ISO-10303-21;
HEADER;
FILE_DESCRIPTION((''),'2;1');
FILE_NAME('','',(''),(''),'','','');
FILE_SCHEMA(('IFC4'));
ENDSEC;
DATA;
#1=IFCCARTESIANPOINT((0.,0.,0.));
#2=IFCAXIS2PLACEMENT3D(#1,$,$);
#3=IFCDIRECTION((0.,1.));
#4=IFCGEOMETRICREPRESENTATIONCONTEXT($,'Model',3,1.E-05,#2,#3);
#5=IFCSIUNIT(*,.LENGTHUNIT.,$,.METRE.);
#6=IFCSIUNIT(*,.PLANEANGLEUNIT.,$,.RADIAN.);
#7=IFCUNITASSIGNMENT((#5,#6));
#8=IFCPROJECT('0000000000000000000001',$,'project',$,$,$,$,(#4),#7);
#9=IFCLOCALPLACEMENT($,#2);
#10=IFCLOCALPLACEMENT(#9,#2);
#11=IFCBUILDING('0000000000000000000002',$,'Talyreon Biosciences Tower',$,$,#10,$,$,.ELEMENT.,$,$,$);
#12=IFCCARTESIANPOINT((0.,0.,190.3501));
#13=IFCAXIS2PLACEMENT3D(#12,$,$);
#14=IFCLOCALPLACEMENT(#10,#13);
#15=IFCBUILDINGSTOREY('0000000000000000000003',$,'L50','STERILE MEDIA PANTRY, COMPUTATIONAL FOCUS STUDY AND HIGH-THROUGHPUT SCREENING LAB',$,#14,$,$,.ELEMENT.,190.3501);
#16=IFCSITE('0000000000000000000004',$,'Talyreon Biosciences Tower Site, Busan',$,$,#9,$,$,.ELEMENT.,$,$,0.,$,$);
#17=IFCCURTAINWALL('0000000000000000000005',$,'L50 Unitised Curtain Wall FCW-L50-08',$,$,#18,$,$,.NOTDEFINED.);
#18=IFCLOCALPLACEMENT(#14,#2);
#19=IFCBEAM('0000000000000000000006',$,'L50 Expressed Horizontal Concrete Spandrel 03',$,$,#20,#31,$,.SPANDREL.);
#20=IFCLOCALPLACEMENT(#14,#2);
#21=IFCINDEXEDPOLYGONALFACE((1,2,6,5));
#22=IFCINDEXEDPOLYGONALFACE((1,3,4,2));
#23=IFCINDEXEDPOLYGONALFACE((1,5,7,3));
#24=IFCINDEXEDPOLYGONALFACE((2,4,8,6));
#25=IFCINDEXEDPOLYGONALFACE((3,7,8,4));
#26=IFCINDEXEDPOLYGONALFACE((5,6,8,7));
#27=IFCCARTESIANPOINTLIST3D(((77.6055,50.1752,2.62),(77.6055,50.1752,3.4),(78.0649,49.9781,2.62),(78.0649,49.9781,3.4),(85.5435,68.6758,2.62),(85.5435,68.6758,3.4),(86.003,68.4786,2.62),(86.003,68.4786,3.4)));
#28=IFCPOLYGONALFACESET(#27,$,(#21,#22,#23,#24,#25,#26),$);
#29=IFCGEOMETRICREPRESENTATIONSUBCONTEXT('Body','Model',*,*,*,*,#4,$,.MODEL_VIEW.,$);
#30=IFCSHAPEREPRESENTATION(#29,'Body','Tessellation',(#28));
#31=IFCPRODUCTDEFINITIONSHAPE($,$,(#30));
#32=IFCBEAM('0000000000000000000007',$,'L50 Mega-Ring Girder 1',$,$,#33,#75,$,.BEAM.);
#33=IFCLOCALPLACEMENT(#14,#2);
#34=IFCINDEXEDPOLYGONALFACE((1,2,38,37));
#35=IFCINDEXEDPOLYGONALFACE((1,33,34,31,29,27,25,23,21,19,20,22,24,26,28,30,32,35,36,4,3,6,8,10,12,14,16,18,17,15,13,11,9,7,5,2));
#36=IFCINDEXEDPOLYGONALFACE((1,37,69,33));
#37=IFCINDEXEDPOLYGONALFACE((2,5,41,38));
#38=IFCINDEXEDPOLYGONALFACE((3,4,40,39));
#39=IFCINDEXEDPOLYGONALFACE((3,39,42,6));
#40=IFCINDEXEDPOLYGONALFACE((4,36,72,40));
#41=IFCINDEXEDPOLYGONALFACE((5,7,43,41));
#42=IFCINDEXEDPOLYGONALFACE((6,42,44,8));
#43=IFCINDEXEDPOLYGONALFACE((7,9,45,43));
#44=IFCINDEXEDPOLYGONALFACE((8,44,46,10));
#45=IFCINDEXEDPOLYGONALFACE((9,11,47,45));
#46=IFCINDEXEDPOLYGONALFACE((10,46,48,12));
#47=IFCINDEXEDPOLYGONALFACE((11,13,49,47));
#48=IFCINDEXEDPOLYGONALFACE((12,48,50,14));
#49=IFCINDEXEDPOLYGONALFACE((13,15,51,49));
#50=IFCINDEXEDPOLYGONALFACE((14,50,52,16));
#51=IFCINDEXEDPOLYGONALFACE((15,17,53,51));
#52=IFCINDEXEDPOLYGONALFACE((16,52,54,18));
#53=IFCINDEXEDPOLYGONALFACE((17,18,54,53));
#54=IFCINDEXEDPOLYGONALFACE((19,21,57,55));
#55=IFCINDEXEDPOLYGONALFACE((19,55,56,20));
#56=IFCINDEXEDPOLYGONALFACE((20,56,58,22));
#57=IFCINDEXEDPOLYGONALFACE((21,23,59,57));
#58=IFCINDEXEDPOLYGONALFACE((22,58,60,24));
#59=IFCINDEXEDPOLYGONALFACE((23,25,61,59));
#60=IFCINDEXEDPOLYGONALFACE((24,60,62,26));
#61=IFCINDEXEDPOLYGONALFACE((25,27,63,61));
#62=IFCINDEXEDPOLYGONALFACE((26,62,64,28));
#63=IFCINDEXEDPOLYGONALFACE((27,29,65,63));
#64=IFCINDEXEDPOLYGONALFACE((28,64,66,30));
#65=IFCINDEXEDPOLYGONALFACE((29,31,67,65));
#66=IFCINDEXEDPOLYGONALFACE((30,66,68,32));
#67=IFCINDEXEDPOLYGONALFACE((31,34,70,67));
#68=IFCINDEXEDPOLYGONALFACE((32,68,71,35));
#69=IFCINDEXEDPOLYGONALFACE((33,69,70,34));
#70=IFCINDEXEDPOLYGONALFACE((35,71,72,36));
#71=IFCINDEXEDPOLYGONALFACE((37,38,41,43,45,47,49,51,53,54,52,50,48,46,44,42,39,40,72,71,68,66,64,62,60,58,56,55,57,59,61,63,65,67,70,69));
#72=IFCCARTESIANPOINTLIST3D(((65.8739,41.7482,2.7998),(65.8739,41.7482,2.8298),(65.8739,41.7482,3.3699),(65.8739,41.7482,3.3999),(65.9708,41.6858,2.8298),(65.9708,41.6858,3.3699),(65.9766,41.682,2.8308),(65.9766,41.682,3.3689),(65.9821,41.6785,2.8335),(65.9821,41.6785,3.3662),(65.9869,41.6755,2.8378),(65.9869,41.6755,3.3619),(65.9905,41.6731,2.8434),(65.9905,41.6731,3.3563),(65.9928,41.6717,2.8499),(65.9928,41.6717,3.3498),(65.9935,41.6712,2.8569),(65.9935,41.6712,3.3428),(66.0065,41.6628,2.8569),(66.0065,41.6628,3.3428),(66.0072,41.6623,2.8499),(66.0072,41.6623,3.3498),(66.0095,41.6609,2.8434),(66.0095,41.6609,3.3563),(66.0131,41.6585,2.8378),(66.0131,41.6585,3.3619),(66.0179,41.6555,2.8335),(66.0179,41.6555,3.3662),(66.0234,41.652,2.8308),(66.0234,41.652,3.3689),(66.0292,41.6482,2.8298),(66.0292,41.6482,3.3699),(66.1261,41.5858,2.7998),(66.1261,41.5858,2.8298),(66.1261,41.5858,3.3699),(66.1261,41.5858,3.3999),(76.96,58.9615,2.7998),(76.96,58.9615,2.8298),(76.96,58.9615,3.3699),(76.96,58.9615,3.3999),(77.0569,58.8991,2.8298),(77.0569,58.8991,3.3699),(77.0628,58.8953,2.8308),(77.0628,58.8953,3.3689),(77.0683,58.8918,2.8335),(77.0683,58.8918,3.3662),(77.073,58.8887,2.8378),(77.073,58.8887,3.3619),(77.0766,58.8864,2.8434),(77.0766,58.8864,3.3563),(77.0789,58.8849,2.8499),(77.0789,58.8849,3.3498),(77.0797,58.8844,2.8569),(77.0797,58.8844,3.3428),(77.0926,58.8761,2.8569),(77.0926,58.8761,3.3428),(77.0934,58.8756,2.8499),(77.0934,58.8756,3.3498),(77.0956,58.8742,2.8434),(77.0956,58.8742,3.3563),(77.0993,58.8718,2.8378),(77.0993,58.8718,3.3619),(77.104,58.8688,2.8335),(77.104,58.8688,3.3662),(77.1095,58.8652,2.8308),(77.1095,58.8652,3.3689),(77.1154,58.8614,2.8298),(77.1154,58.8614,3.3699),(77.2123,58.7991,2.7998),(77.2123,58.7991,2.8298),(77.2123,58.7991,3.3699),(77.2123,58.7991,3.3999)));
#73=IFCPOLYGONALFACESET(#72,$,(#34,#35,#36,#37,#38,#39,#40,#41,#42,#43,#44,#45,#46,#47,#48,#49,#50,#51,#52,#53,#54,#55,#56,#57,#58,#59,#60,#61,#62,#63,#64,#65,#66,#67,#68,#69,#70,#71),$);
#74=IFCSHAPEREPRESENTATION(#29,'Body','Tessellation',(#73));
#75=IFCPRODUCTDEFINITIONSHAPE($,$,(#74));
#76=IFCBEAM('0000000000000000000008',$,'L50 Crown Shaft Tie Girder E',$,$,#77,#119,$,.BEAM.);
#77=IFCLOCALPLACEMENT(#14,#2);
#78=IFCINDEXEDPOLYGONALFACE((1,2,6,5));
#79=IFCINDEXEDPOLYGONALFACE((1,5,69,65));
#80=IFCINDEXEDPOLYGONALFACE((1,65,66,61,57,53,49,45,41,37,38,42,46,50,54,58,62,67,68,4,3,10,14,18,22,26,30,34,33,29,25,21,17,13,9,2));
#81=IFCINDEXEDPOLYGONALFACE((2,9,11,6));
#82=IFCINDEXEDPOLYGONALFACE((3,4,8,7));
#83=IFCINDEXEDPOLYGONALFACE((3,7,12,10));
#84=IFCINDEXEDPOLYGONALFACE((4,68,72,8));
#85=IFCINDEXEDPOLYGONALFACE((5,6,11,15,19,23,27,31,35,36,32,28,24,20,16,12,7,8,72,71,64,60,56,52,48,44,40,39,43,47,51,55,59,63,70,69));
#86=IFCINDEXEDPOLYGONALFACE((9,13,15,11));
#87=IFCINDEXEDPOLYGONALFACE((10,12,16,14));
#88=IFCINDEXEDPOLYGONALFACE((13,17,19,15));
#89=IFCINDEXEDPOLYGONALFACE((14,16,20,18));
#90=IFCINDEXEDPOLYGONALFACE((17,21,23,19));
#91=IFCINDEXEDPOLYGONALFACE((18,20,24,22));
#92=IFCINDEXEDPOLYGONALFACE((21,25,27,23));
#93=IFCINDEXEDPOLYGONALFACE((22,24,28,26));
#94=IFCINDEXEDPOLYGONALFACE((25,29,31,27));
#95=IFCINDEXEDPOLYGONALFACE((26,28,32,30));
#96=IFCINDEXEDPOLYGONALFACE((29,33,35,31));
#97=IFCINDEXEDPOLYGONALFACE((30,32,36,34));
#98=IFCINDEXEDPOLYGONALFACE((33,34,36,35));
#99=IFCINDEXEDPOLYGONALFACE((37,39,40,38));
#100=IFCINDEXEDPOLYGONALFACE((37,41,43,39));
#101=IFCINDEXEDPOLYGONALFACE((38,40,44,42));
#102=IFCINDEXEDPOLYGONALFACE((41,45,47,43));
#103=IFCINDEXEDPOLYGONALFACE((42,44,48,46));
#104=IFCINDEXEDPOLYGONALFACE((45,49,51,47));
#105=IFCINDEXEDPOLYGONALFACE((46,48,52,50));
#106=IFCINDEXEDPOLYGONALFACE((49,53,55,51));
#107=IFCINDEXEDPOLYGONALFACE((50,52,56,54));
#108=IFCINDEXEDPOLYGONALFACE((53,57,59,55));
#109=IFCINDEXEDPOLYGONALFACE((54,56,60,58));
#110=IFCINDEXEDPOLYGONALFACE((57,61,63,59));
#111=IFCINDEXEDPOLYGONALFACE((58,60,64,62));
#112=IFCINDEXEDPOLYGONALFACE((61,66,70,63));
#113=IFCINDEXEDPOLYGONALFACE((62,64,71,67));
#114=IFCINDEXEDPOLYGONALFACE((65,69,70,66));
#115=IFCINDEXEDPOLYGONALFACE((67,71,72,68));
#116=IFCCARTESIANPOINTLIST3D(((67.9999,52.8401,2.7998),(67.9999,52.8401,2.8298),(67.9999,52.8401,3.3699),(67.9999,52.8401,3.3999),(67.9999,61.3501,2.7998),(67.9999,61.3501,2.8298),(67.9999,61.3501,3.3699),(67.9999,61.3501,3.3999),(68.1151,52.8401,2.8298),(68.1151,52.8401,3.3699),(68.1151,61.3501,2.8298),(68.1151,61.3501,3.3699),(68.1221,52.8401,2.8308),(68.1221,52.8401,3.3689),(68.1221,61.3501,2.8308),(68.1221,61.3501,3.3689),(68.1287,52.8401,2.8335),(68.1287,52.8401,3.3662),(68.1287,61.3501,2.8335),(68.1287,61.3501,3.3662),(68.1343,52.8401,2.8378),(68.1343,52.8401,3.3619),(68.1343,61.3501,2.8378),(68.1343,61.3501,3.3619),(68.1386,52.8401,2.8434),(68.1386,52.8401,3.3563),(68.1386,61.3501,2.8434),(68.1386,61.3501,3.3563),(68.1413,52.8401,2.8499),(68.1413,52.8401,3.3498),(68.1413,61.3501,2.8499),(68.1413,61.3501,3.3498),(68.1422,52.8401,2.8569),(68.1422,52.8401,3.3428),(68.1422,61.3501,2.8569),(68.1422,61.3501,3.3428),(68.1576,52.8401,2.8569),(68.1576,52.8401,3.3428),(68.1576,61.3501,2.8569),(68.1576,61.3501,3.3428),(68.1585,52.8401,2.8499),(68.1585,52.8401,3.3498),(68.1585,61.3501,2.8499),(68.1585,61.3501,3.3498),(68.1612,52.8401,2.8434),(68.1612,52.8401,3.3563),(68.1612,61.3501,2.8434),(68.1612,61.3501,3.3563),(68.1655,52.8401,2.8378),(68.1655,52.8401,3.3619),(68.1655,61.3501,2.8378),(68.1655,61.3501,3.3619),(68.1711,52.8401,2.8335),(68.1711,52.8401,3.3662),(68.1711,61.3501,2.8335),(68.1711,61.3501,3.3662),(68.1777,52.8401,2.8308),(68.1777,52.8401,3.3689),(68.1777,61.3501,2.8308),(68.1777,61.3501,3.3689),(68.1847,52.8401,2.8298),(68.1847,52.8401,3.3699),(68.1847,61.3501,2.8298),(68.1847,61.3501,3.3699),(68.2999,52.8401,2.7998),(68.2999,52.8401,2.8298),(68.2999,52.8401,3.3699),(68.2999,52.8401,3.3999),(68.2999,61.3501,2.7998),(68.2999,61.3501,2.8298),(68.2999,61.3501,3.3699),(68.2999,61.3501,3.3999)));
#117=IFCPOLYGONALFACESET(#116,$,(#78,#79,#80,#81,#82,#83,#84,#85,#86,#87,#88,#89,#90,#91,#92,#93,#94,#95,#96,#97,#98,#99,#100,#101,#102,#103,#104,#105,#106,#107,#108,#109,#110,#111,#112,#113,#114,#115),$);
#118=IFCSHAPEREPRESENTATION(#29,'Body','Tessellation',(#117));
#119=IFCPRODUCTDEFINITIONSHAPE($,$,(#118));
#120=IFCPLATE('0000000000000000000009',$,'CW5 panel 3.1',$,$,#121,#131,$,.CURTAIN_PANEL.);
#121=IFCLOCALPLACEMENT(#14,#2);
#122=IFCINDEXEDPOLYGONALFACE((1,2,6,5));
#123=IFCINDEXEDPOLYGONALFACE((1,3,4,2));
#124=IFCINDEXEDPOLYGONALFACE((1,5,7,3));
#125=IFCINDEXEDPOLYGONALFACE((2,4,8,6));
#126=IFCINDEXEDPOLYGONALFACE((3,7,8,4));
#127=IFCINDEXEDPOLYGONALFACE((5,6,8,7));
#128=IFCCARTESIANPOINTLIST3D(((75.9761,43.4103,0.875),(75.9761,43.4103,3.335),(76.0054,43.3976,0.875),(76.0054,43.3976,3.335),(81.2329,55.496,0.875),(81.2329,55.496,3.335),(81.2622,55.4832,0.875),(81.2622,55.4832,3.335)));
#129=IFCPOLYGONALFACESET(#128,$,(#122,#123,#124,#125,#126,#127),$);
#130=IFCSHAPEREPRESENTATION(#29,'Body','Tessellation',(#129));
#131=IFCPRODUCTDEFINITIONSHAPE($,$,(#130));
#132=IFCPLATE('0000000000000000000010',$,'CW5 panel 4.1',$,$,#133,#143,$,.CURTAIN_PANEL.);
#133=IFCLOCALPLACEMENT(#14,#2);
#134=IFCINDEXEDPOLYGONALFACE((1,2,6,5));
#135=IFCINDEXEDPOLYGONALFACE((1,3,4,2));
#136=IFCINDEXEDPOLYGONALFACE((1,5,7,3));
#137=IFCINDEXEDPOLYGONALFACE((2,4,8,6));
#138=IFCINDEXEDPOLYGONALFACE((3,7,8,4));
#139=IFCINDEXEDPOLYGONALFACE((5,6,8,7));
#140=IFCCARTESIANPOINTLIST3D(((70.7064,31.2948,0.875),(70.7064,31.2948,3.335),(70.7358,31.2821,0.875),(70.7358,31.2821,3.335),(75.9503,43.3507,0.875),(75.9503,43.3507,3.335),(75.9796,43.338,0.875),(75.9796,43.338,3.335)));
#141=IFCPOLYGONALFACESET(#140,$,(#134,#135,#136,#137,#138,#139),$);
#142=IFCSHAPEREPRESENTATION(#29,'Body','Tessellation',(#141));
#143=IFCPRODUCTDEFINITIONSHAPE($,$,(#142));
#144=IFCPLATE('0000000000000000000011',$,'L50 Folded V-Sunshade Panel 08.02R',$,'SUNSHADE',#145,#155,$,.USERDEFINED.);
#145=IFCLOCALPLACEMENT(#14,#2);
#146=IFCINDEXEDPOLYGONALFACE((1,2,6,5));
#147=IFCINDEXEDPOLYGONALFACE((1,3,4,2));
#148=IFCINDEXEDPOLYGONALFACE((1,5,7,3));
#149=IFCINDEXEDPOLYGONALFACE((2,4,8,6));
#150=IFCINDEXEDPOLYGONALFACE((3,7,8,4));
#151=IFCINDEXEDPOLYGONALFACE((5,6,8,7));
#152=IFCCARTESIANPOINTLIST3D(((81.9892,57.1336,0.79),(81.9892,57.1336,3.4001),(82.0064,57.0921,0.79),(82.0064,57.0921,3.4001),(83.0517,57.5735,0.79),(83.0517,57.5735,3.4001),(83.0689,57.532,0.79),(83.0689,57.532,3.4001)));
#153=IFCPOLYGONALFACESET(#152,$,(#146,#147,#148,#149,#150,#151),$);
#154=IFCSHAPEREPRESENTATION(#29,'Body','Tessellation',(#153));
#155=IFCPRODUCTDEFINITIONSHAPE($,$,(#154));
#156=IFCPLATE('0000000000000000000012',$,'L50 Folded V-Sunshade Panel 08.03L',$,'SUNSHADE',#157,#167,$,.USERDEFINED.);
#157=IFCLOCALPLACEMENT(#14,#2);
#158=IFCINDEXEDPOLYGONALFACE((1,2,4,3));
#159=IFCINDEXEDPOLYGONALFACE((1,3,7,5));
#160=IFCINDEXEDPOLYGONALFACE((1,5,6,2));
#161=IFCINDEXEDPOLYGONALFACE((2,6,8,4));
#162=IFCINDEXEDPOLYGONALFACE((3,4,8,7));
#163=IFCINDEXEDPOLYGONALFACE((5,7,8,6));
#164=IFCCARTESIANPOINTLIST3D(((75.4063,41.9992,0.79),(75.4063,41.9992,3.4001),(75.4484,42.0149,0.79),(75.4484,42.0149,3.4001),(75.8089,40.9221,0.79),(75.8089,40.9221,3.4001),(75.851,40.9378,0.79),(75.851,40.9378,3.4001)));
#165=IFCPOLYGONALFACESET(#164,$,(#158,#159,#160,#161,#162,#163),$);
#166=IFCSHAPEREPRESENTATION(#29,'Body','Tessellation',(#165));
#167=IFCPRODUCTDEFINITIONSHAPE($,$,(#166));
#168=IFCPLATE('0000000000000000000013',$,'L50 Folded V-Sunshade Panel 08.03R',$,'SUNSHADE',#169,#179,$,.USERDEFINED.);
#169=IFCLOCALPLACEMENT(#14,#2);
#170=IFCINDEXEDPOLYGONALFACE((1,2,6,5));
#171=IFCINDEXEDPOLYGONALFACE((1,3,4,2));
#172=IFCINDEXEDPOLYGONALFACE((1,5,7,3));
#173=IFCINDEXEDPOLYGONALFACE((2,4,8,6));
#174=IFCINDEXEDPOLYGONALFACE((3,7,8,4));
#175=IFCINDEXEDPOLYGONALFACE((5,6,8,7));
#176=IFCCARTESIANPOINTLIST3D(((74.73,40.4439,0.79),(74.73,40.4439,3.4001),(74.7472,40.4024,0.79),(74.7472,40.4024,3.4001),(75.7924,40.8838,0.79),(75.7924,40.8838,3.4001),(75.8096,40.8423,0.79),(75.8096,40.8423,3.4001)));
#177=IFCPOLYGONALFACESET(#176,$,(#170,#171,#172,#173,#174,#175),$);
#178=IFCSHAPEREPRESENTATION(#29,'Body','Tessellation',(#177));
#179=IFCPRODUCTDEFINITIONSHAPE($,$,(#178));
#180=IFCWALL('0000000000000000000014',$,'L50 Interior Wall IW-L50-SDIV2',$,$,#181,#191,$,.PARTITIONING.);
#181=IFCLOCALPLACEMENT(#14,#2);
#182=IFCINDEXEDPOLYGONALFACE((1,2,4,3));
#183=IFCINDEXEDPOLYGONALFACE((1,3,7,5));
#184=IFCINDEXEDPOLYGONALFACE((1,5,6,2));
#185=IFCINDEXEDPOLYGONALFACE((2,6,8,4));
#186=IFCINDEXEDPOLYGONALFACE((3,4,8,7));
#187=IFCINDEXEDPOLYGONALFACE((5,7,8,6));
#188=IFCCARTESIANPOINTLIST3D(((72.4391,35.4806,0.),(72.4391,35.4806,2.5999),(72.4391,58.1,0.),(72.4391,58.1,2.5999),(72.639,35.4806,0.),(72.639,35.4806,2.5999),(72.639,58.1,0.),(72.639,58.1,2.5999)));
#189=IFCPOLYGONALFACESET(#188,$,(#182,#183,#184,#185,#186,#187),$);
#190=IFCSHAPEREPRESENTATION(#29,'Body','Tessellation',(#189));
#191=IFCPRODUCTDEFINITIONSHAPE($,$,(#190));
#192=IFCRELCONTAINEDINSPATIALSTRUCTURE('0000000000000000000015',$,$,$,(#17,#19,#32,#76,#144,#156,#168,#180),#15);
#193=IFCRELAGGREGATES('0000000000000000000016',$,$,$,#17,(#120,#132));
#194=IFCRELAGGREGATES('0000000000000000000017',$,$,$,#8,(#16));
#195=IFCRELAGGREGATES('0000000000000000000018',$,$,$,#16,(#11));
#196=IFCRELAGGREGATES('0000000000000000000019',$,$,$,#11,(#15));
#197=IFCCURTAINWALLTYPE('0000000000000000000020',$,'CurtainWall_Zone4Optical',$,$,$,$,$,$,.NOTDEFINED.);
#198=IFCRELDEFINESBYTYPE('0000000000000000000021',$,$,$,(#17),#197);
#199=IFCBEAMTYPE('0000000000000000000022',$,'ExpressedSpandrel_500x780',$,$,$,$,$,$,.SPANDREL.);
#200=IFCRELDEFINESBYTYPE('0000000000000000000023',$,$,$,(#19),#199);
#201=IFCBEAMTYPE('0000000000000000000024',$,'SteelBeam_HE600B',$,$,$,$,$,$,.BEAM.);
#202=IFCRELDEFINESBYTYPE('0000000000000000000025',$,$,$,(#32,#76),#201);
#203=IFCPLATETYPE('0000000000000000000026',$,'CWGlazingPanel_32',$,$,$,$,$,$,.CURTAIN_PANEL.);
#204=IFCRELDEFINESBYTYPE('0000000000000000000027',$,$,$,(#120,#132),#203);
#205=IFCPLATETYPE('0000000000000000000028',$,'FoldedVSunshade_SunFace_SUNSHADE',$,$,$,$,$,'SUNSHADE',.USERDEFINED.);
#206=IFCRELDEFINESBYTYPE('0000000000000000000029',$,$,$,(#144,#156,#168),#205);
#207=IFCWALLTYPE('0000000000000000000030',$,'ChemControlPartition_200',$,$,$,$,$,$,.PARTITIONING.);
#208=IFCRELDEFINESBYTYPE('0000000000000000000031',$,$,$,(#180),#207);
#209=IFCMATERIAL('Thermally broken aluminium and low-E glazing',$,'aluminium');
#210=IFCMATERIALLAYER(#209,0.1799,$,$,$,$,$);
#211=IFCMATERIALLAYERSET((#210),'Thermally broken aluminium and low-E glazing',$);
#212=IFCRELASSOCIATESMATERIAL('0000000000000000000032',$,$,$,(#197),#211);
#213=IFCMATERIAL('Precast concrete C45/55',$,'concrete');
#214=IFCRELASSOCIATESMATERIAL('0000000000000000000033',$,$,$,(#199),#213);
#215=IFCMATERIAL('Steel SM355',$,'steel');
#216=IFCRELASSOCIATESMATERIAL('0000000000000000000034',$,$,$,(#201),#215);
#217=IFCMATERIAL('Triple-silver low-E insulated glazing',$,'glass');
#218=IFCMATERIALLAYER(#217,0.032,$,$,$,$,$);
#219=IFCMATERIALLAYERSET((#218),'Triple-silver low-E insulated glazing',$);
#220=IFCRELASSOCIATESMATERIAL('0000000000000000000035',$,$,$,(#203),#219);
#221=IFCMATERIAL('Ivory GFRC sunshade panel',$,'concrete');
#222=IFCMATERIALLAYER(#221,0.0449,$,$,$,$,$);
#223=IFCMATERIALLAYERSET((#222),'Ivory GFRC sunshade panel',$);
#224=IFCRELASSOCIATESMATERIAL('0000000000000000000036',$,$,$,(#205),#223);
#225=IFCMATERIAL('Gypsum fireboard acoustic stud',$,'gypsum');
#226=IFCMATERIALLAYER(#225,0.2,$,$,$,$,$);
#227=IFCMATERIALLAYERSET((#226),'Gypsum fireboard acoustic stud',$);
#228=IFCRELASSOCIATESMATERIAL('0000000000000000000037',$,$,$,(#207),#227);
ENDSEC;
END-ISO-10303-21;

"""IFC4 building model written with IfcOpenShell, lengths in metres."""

from ifc_helpers import new_model, si_unit, direction, frame, frame_2d, origin, origin_2d, place, context, subcontext, project, spatial, rectangle, i_section, extrude, material, layer, layer_set, material_profile, profile_set, type_object, element, aggregate, save


model = new_model("IFC4")

# Units and contexts
model_context = context("Model", 3, precision=1e-05, world=origin(), true_north=direction((0.0, 1.0)))
body_context = subcontext(model_context, "Body", "Model", "MODEL_VIEW")
ifc_project = project(units=[si_unit("LENGTHUNIT", "METRE"), si_unit("PLANEANGLEUNIT", "RADIAN")], contexts=[model_context])

# Site, building, storey
site_placement = place(None, origin())
site = spatial("IfcSite", under=ifc_project, at=site_placement, Name="Talyreon Biosciences Tower Site, Busan", CompositionType="ELEMENT", RefElevation=0.0)
building_placement = place(site_placement, origin())
building = spatial("IfcBuilding", under=site, at=building_placement, Name="Talyreon Biosciences Tower", CompositionType="ELEMENT")
storey_placement = place(building_placement, frame((0.0, 0.0, 190.3501)))
storey = spatial("IfcBuildingStorey", under=building, at=storey_placement, Name="L50", Description="STERILE MEDIA PANTRY, COMPUTATIONAL FOCUS STUDY AND HIGH-THROUGHPUT SCREENING LAB", CompositionType="ELEMENT", Elevation=190.3501)

# Shared definitions
ifc_material_1 = material(Name="Precast concrete C45/55", Category="concrete")

# Curtain wall
ifc_material_2 = material(Name="Thermally broken aluminium and low-E glazing", Category="aluminium")
ifc_layer_1 = layer(ifc_material_2, 0.1799)
ifc_layer_set_1 = layer_set([ifc_layer_1], Name="Thermally broken aluminium and low-E glazing")
curtain_wall_type = type_object("IfcCurtainWallType", Name="CurtainWall_Zone4Optical", PredefinedType="NOTDEFINED", material=ifc_layer_set_1)
curtain_wall_placement = place(storey_placement, origin())
curtain_wall = element("IfcCurtainWall", 1, at=curtain_wall_placement, inside=storey, type_object=curtain_wall_type, Name="L50 Unitised Curtain Wall FCW-L50-08", PredefinedType="NOTDEFINED")

# Beams
ifc_material_profile_1 = material_profile(ifc_material_1, rectangle(XDim=0.5, YDim=0.78, at=origin_2d()), Name="RCB 500x780")
ifc_profile_set_1 = profile_set([ifc_material_profile_1], Name="Precast concrete C45/55")
beam_type_1 = type_object("IfcBeamType", Name="ExpressedSpandrel_500x780", PredefinedType="SPANDREL", material=ifc_profile_set_1)
beam_1_placement = place(storey_placement, frame((77.8352, 50.0767, 3.01), z_axis=(0.394306, 0.918979, 0.0), x_axis=(-0.918979, 0.394306, 0.0)))
element("IfcBeam", 2, at=beam_1_placement, inside=storey, type_object=beam_type_1, Name="L50 Expressed Horizontal Concrete Spandrel 03", PredefinedType="SPANDREL", context=body_context, shape_type="SweptSolid", body=[
    extrude(rectangle(XDim=0.5, YDim=0.78, at=origin_2d()), origin(), (0.0, 0.0, 1.0), 20.1316),
])
ifc_material_3 = material(Name="Steel SM355", Category="steel")
ifc_material_profile_2 = material_profile(ifc_material_3, i_section(OverallWidth=0.3, OverallDepth=0.6001, WebThickness=0.0154, FlangeThickness=0.03, FilletRadius=0.0271, at=origin_2d()), Name="HE600B")
ifc_profile_set_2 = profile_set([ifc_material_profile_2], Name="Steel SM355")
beam_type_2 = type_object("IfcBeamType", Name="SteelBeam_HE600B", PredefinedType="BEAM", material=ifc_profile_set_2)
beam_2_placement = place(storey_placement, frame((66.0, 41.667, 3.0999), z_axis=(0.541464, 0.840724, 0.0), x_axis=(-0.840724, 0.541464, 0.0)))
element("IfcBeam", 3, at=beam_2_placement, inside=storey, type_object=beam_type_2, Name="L50 Mega-Ring Girder 1", PredefinedType="BEAM", context=body_context, shape_type="SweptSolid", body=[
    extrude(i_section(OverallWidth=0.3, OverallDepth=0.6001, WebThickness=0.0154, FlangeThickness=0.03, FilletRadius=0.0271, at=origin_2d()), origin(), (0.0, 0.0, 1.0), 20.4744),
])
beam_3_placement = place(storey_placement, frame((68.1499, 52.8401, 3.0999), z_axis=(0.0, 1.0, 0.0), x_axis=(-1.0, 0.0, 0.0)))
element("IfcBeam", 4, at=beam_3_placement, inside=storey, type_object=beam_type_2, Name="L50 Crown Shaft Tie Girder E", PredefinedType="BEAM", context=body_context, shape_type="SweptSolid", body=[
    extrude(i_section(OverallWidth=0.3, OverallDepth=0.6001, WebThickness=0.0154, FlangeThickness=0.03, FilletRadius=0.0271, at=origin_2d()), origin(), (0.0, 0.0, 1.0), 8.51),
])

# Plates
ifc_material_4 = material(Name="Triple-silver low-E insulated glazing", Category="glass")
ifc_layer_2 = layer(ifc_material_4, 0.032)
ifc_layer_set_2 = layer_set([ifc_layer_2], Name="Triple-silver low-E insulated glazing")
plate_type_1 = type_object("IfcPlateType", Name="CWGlazingPanel_32", PredefinedType="CURTAIN_PANEL", material=ifc_layer_set_2)
plate_1_placement = place(storey_placement, frame((78.6191, 49.4468, 0.875), z_axis=(0.0, 0.0, 1.0), x_axis=(-0.398862, -0.917011, 0.0)))
plate_1 = element("IfcPlate", 5, at=plate_1_placement, type_object=plate_type_1, Name="CW5 panel 3.1", PredefinedType="CURTAIN_PANEL", context=body_context, shape_type="SweptSolid", body=[
    extrude(rectangle(XDim=13.1794, YDim=0.032, at=origin_2d()), origin(), (0.0, 0.0, 1.0), 2.46),
])
plate_2_placement = place(storey_placement, frame((73.343, 37.3164, 0.875), z_axis=(0.0, 0.0, 1.0), x_axis=(-0.398862, -0.917011, 0.0)))
plate_2 = element("IfcPlate", 6, at=plate_2_placement, type_object=plate_type_1, Name="CW5 panel 4.1", PredefinedType="CURTAIN_PANEL", context=body_context, shape_type="SweptSolid", body=[
    extrude(rectangle(XDim=13.147, YDim=0.032, at=origin_2d()), origin(), (0.0, 0.0, 1.0), 2.46),
])
aggregate(curtain_wall, [plate_1, plate_2])

# Plates
ifc_material_5 = material(Name="Ivory GFRC sunshade panel", Category="concrete")
ifc_layer_3 = layer(ifc_material_5, 0.0449)
ifc_layer_set_3 = layer_set([ifc_layer_3], Name="Ivory GFRC sunshade panel")
plate_type_2 = type_object("IfcPlateType", Name="FoldedVSunshade_SunFace_SUNSHADE", ElementType="SUNSHADE", PredefinedType="USERDEFINED", material=ifc_layer_set_3)
for number, where, z_axis, x_axis, name in (
    (7, (82.5291, 57.3328, 0.79), (0.0, 0.0, 1.0), (-0.923926, -0.382571, 0.0), "L50 Folded V-Sunshade Panel 08.02R"),
    (8, (75.6287, 41.4685, 0.79), (0.0, 0.0, 1.0), (0.350093, -0.936715, 0.0), "L50 Folded V-Sunshade Panel 08.03L"),
    (9, (75.2698, 40.6431, 0.79), (0.0, 0.0, 1.0), (-0.923926, -0.382571, 0.0), "L50 Folded V-Sunshade Panel 08.03R"),
):
    element("IfcPlate", number, at=place(storey_placement, frame(where, z_axis=z_axis, x_axis=x_axis)), inside=storey, type_object=plate_type_2, Name=name, ObjectType="SUNSHADE", PredefinedType="USERDEFINED", context=body_context, shape_type="SweptSolid", body=[
        extrude(rectangle(XDim=1.1499, YDim=0.0449, at=origin_2d()), origin(), (0.0, 0.0, 1.0), 2.6101),
    ])

# Wall
ifc_material_6 = material(Name="Gypsum fireboard acoustic stud", Category="gypsum")
ifc_layer_4 = layer(ifc_material_6, 0.2)
ifc_layer_set_4 = layer_set([ifc_layer_4], Name="Gypsum fireboard acoustic stud")
wall_type_1 = type_object("IfcWallType", Name="ChemControlPartition_200", PredefinedType="PARTITIONING", material=ifc_layer_set_4)
wall_1_placement = place(storey_placement, frame((72.5391, 35.4807, 0.0), z_axis=(0.0, 0.0, 1.0), x_axis=(0.0, 1.0, 0.0)))
element("IfcWall", 10, at=wall_1_placement, inside=storey, type_object=wall_type_1, Name="L50 Interior Wall IW-L50-SDIV2", PredefinedType="PARTITIONING", context=body_context, shape_type="SweptSolid", body=[
    extrude(rectangle(XDim=22.6194, YDim=0.2, at=frame_2d((11.3096, 0.0))), origin(), (0.0, 0.0, 1.0), 2.5999),
])

save(model, "model.ifc")
